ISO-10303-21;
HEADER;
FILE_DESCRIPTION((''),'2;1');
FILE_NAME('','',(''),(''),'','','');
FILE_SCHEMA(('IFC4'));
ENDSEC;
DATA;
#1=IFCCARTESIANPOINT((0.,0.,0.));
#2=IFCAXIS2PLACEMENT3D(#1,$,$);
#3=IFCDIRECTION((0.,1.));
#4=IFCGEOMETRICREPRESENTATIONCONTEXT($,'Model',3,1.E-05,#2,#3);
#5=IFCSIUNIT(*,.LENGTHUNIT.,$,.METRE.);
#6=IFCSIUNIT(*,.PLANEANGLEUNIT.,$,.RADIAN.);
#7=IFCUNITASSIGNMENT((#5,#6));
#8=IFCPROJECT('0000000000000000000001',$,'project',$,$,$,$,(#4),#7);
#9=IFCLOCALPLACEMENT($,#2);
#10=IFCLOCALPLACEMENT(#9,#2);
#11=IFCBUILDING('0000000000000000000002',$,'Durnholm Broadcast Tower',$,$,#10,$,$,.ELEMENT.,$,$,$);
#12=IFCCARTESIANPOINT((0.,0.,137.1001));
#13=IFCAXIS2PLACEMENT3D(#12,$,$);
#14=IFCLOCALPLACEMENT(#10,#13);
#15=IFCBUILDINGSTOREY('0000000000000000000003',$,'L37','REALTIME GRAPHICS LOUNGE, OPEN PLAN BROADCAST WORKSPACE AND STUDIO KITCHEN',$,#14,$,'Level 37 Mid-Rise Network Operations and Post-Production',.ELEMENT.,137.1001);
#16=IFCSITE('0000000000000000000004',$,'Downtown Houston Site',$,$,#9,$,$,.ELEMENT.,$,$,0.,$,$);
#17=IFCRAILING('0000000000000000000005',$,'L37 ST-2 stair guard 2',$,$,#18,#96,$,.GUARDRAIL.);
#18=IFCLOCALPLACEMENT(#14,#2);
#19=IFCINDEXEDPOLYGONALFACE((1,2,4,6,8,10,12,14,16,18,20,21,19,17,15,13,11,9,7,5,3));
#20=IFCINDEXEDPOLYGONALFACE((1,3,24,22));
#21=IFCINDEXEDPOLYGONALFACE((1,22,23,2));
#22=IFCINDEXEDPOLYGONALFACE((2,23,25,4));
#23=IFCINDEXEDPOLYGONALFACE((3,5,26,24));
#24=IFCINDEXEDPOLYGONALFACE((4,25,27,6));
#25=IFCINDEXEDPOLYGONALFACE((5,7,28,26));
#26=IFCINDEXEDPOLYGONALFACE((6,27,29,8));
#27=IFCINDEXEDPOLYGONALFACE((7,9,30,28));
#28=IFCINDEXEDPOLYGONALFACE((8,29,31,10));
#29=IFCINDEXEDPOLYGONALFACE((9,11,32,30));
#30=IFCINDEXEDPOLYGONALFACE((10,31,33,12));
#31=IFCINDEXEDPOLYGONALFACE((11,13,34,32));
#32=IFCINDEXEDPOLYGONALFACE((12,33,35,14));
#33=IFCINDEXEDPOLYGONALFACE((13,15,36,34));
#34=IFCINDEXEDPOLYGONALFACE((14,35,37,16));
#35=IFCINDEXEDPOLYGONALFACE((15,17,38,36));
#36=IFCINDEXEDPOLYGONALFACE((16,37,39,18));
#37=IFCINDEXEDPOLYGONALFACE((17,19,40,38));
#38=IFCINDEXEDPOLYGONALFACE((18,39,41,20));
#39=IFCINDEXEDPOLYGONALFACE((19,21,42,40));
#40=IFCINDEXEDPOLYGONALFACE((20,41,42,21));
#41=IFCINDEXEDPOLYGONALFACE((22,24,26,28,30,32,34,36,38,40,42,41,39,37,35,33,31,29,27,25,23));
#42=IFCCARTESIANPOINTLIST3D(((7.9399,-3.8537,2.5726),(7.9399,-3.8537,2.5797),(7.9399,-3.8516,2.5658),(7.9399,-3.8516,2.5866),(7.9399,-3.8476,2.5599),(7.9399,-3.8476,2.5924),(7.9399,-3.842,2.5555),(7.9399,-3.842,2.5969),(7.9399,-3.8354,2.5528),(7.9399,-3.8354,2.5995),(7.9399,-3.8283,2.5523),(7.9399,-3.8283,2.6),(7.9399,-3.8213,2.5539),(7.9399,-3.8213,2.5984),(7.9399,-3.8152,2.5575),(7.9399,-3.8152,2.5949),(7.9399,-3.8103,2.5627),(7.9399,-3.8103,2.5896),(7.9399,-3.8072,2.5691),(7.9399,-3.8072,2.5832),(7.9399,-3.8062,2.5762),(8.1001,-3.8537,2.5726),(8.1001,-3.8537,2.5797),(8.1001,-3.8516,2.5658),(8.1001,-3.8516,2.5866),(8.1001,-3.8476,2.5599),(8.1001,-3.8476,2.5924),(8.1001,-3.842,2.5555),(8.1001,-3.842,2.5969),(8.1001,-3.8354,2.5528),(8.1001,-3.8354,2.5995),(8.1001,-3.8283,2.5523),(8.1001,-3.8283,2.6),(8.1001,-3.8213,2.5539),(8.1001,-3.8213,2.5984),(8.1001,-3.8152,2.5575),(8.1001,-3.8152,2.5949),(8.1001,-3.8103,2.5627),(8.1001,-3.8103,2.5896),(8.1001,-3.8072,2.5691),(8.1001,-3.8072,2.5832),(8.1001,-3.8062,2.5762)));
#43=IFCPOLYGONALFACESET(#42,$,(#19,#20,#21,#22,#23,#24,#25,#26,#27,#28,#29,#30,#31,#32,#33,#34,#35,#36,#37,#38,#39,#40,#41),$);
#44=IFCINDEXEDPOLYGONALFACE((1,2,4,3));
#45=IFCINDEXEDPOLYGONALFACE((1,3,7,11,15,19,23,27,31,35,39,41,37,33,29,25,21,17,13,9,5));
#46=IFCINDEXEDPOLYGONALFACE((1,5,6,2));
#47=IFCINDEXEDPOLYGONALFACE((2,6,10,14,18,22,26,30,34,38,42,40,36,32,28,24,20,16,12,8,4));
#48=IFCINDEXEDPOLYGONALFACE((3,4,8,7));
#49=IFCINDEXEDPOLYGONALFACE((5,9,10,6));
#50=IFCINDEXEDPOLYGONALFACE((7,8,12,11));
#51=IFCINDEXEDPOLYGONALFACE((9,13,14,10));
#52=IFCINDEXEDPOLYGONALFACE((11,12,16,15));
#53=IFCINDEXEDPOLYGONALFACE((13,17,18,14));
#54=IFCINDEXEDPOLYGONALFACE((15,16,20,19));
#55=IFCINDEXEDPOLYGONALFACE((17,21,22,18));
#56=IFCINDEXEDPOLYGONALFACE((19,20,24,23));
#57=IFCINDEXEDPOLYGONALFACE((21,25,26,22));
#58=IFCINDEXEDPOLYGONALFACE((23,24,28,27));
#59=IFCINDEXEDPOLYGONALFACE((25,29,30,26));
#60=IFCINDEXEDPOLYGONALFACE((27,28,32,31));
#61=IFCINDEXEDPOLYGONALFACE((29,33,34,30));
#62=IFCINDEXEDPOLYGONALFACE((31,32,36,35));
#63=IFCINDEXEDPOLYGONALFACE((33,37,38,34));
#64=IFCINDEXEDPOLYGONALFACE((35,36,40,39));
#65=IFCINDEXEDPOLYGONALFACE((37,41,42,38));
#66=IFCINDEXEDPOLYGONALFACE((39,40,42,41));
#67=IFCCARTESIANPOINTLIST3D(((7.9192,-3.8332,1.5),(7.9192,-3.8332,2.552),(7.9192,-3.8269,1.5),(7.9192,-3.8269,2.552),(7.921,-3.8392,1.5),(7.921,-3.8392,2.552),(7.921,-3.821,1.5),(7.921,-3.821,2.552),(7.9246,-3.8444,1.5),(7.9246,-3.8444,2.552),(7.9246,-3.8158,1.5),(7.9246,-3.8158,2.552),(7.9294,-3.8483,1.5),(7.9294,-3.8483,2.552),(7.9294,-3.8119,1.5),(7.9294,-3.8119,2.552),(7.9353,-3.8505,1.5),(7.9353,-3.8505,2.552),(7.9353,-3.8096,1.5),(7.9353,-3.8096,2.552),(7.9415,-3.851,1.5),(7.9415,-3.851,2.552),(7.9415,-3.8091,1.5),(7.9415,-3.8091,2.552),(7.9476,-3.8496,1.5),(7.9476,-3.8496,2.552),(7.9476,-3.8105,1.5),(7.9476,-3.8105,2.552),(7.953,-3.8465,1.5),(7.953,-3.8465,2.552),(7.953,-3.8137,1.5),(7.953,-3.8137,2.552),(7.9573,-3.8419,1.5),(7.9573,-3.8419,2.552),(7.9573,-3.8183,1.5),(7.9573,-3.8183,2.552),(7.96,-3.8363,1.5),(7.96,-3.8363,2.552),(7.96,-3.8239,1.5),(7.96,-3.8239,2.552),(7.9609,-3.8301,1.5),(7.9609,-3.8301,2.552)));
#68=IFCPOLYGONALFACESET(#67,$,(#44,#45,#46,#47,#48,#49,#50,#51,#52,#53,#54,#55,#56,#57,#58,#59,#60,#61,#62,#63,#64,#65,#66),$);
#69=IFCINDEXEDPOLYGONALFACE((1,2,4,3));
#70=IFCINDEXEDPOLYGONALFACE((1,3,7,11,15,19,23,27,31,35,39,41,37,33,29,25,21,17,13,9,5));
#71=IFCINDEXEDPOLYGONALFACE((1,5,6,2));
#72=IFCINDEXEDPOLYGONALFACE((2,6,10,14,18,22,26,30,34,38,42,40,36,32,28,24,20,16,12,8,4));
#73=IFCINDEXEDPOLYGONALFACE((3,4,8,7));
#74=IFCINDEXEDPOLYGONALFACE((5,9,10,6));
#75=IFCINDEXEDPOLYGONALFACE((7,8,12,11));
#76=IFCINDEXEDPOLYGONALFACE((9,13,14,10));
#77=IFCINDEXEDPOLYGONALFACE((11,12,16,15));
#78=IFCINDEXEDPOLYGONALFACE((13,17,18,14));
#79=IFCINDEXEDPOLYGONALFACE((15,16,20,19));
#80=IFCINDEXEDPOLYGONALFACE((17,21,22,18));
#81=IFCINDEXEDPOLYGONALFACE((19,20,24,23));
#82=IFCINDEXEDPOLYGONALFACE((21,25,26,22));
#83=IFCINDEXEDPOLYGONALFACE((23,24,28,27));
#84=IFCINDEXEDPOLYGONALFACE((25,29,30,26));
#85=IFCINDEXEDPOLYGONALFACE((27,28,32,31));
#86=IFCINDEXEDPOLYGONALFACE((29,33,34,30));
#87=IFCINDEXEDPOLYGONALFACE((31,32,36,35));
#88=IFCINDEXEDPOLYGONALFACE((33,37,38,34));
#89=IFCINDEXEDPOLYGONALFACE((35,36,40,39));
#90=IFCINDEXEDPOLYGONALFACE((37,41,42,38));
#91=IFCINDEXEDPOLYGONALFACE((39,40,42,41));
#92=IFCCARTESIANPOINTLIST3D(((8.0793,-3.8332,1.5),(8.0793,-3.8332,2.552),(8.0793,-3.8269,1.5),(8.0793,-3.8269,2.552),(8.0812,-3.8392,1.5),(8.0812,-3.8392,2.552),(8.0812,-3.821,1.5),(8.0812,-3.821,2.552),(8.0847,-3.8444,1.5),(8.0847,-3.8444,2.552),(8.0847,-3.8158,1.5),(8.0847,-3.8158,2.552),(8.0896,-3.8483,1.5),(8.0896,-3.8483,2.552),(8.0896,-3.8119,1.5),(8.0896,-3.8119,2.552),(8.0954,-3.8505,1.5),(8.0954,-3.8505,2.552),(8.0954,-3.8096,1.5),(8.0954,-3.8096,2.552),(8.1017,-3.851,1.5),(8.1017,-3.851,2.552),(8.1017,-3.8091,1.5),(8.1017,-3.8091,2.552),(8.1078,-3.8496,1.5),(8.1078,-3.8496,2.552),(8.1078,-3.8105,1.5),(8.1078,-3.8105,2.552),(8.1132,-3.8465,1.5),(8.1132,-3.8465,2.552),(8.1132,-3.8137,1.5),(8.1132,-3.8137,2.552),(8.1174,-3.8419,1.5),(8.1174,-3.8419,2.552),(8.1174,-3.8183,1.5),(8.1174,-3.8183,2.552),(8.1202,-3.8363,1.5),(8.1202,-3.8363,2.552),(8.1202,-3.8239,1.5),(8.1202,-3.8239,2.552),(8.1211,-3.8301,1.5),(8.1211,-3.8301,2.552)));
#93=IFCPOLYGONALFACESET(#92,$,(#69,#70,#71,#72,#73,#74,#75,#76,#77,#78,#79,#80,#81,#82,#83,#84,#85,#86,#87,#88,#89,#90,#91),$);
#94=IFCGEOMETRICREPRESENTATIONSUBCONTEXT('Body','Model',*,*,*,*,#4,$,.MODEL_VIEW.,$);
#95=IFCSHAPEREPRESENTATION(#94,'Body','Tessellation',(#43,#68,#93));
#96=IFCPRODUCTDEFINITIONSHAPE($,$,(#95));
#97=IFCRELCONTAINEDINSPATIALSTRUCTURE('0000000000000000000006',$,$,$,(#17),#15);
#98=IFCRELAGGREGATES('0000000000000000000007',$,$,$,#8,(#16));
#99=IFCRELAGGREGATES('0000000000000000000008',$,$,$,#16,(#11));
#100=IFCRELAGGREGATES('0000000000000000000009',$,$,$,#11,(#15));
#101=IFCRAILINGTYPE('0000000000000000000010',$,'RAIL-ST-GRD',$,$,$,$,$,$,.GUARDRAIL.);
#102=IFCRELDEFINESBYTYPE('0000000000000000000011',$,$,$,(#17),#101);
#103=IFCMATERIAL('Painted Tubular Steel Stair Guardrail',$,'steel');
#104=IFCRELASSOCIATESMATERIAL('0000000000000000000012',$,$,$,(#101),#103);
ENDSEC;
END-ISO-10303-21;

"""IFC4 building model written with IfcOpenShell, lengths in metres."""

from ifc_helpers import new_model, si_unit, direction, frame, origin, origin_2d, place, context, subcontext, project, spatial, circle, extrude, material, type_object, element, save


model = new_model("IFC4")

# Units and contexts
model_context = context("Model", 3, precision=1e-05, world=origin(), true_north=direction((0.0, 1.0)))
body_context = subcontext(model_context, "Body", "Model", "MODEL_VIEW")
ifc_project = project(units=[si_unit("LENGTHUNIT", "METRE"), si_unit("PLANEANGLEUNIT", "RADIAN")], contexts=[model_context])

# Site, building, storey
site_placement = place(None, origin())
site = spatial("IfcSite", under=ifc_project, at=site_placement, Name="Downtown Houston Site", CompositionType="ELEMENT", RefElevation=0.0)
building_placement = place(site_placement, origin())
building = spatial("IfcBuilding", under=site, at=building_placement, Name="Durnholm Broadcast Tower", CompositionType="ELEMENT")
storey_placement = place(building_placement, frame((0.0, 0.0, 137.1001)))
storey = spatial("IfcBuildingStorey", under=building, at=storey_placement, Name="L37", Description="REALTIME GRAPHICS LOUNGE, OPEN PLAN BROADCAST WORKSPACE AND STUDIO KITCHEN", LongName="Level 37 Mid-Rise Network Operations and Post-Production", CompositionType="ELEMENT", Elevation=137.1001)

# Railing
ifc_material_1 = material(Name="Painted Tubular Steel Stair Guardrail", Category="steel")
railing_type_1 = type_object("IfcRailingType", Name="RAIL-ST-GRD", PredefinedType="GUARDRAIL", material=ifc_material_1)
railing_1_placement = place(storey_placement, frame((7.9399, -3.8301, 1.5)))
element("IfcRailing", 1, at=railing_1_placement, inside=storey, type_object=railing_type_1, Name="L37 ST-2 stair guard 2", PredefinedType="GUARDRAIL", context=body_context, shape_type="SweptSolid", body=[
    extrude(circle(Radius=0.0239, at=origin_2d()), frame((0.0, 0.0, 1.0762), z_axis=(1.0, 0.0, 0.0), x_axis=(0.0, 1.0, 0.0)), (0.0, 0.0, 1.0), 0.1602),
    extrude(circle(Radius=0.021, at=origin_2d()), origin(), (0.0, 0.0, 1.0), 1.052),
    extrude(circle(Radius=0.021, at=origin_2d()), frame((0.1602, 0.0, 0.0)), (0.0, 0.0, 1.0), 1.052),
])

save(model, "model.ifc")
